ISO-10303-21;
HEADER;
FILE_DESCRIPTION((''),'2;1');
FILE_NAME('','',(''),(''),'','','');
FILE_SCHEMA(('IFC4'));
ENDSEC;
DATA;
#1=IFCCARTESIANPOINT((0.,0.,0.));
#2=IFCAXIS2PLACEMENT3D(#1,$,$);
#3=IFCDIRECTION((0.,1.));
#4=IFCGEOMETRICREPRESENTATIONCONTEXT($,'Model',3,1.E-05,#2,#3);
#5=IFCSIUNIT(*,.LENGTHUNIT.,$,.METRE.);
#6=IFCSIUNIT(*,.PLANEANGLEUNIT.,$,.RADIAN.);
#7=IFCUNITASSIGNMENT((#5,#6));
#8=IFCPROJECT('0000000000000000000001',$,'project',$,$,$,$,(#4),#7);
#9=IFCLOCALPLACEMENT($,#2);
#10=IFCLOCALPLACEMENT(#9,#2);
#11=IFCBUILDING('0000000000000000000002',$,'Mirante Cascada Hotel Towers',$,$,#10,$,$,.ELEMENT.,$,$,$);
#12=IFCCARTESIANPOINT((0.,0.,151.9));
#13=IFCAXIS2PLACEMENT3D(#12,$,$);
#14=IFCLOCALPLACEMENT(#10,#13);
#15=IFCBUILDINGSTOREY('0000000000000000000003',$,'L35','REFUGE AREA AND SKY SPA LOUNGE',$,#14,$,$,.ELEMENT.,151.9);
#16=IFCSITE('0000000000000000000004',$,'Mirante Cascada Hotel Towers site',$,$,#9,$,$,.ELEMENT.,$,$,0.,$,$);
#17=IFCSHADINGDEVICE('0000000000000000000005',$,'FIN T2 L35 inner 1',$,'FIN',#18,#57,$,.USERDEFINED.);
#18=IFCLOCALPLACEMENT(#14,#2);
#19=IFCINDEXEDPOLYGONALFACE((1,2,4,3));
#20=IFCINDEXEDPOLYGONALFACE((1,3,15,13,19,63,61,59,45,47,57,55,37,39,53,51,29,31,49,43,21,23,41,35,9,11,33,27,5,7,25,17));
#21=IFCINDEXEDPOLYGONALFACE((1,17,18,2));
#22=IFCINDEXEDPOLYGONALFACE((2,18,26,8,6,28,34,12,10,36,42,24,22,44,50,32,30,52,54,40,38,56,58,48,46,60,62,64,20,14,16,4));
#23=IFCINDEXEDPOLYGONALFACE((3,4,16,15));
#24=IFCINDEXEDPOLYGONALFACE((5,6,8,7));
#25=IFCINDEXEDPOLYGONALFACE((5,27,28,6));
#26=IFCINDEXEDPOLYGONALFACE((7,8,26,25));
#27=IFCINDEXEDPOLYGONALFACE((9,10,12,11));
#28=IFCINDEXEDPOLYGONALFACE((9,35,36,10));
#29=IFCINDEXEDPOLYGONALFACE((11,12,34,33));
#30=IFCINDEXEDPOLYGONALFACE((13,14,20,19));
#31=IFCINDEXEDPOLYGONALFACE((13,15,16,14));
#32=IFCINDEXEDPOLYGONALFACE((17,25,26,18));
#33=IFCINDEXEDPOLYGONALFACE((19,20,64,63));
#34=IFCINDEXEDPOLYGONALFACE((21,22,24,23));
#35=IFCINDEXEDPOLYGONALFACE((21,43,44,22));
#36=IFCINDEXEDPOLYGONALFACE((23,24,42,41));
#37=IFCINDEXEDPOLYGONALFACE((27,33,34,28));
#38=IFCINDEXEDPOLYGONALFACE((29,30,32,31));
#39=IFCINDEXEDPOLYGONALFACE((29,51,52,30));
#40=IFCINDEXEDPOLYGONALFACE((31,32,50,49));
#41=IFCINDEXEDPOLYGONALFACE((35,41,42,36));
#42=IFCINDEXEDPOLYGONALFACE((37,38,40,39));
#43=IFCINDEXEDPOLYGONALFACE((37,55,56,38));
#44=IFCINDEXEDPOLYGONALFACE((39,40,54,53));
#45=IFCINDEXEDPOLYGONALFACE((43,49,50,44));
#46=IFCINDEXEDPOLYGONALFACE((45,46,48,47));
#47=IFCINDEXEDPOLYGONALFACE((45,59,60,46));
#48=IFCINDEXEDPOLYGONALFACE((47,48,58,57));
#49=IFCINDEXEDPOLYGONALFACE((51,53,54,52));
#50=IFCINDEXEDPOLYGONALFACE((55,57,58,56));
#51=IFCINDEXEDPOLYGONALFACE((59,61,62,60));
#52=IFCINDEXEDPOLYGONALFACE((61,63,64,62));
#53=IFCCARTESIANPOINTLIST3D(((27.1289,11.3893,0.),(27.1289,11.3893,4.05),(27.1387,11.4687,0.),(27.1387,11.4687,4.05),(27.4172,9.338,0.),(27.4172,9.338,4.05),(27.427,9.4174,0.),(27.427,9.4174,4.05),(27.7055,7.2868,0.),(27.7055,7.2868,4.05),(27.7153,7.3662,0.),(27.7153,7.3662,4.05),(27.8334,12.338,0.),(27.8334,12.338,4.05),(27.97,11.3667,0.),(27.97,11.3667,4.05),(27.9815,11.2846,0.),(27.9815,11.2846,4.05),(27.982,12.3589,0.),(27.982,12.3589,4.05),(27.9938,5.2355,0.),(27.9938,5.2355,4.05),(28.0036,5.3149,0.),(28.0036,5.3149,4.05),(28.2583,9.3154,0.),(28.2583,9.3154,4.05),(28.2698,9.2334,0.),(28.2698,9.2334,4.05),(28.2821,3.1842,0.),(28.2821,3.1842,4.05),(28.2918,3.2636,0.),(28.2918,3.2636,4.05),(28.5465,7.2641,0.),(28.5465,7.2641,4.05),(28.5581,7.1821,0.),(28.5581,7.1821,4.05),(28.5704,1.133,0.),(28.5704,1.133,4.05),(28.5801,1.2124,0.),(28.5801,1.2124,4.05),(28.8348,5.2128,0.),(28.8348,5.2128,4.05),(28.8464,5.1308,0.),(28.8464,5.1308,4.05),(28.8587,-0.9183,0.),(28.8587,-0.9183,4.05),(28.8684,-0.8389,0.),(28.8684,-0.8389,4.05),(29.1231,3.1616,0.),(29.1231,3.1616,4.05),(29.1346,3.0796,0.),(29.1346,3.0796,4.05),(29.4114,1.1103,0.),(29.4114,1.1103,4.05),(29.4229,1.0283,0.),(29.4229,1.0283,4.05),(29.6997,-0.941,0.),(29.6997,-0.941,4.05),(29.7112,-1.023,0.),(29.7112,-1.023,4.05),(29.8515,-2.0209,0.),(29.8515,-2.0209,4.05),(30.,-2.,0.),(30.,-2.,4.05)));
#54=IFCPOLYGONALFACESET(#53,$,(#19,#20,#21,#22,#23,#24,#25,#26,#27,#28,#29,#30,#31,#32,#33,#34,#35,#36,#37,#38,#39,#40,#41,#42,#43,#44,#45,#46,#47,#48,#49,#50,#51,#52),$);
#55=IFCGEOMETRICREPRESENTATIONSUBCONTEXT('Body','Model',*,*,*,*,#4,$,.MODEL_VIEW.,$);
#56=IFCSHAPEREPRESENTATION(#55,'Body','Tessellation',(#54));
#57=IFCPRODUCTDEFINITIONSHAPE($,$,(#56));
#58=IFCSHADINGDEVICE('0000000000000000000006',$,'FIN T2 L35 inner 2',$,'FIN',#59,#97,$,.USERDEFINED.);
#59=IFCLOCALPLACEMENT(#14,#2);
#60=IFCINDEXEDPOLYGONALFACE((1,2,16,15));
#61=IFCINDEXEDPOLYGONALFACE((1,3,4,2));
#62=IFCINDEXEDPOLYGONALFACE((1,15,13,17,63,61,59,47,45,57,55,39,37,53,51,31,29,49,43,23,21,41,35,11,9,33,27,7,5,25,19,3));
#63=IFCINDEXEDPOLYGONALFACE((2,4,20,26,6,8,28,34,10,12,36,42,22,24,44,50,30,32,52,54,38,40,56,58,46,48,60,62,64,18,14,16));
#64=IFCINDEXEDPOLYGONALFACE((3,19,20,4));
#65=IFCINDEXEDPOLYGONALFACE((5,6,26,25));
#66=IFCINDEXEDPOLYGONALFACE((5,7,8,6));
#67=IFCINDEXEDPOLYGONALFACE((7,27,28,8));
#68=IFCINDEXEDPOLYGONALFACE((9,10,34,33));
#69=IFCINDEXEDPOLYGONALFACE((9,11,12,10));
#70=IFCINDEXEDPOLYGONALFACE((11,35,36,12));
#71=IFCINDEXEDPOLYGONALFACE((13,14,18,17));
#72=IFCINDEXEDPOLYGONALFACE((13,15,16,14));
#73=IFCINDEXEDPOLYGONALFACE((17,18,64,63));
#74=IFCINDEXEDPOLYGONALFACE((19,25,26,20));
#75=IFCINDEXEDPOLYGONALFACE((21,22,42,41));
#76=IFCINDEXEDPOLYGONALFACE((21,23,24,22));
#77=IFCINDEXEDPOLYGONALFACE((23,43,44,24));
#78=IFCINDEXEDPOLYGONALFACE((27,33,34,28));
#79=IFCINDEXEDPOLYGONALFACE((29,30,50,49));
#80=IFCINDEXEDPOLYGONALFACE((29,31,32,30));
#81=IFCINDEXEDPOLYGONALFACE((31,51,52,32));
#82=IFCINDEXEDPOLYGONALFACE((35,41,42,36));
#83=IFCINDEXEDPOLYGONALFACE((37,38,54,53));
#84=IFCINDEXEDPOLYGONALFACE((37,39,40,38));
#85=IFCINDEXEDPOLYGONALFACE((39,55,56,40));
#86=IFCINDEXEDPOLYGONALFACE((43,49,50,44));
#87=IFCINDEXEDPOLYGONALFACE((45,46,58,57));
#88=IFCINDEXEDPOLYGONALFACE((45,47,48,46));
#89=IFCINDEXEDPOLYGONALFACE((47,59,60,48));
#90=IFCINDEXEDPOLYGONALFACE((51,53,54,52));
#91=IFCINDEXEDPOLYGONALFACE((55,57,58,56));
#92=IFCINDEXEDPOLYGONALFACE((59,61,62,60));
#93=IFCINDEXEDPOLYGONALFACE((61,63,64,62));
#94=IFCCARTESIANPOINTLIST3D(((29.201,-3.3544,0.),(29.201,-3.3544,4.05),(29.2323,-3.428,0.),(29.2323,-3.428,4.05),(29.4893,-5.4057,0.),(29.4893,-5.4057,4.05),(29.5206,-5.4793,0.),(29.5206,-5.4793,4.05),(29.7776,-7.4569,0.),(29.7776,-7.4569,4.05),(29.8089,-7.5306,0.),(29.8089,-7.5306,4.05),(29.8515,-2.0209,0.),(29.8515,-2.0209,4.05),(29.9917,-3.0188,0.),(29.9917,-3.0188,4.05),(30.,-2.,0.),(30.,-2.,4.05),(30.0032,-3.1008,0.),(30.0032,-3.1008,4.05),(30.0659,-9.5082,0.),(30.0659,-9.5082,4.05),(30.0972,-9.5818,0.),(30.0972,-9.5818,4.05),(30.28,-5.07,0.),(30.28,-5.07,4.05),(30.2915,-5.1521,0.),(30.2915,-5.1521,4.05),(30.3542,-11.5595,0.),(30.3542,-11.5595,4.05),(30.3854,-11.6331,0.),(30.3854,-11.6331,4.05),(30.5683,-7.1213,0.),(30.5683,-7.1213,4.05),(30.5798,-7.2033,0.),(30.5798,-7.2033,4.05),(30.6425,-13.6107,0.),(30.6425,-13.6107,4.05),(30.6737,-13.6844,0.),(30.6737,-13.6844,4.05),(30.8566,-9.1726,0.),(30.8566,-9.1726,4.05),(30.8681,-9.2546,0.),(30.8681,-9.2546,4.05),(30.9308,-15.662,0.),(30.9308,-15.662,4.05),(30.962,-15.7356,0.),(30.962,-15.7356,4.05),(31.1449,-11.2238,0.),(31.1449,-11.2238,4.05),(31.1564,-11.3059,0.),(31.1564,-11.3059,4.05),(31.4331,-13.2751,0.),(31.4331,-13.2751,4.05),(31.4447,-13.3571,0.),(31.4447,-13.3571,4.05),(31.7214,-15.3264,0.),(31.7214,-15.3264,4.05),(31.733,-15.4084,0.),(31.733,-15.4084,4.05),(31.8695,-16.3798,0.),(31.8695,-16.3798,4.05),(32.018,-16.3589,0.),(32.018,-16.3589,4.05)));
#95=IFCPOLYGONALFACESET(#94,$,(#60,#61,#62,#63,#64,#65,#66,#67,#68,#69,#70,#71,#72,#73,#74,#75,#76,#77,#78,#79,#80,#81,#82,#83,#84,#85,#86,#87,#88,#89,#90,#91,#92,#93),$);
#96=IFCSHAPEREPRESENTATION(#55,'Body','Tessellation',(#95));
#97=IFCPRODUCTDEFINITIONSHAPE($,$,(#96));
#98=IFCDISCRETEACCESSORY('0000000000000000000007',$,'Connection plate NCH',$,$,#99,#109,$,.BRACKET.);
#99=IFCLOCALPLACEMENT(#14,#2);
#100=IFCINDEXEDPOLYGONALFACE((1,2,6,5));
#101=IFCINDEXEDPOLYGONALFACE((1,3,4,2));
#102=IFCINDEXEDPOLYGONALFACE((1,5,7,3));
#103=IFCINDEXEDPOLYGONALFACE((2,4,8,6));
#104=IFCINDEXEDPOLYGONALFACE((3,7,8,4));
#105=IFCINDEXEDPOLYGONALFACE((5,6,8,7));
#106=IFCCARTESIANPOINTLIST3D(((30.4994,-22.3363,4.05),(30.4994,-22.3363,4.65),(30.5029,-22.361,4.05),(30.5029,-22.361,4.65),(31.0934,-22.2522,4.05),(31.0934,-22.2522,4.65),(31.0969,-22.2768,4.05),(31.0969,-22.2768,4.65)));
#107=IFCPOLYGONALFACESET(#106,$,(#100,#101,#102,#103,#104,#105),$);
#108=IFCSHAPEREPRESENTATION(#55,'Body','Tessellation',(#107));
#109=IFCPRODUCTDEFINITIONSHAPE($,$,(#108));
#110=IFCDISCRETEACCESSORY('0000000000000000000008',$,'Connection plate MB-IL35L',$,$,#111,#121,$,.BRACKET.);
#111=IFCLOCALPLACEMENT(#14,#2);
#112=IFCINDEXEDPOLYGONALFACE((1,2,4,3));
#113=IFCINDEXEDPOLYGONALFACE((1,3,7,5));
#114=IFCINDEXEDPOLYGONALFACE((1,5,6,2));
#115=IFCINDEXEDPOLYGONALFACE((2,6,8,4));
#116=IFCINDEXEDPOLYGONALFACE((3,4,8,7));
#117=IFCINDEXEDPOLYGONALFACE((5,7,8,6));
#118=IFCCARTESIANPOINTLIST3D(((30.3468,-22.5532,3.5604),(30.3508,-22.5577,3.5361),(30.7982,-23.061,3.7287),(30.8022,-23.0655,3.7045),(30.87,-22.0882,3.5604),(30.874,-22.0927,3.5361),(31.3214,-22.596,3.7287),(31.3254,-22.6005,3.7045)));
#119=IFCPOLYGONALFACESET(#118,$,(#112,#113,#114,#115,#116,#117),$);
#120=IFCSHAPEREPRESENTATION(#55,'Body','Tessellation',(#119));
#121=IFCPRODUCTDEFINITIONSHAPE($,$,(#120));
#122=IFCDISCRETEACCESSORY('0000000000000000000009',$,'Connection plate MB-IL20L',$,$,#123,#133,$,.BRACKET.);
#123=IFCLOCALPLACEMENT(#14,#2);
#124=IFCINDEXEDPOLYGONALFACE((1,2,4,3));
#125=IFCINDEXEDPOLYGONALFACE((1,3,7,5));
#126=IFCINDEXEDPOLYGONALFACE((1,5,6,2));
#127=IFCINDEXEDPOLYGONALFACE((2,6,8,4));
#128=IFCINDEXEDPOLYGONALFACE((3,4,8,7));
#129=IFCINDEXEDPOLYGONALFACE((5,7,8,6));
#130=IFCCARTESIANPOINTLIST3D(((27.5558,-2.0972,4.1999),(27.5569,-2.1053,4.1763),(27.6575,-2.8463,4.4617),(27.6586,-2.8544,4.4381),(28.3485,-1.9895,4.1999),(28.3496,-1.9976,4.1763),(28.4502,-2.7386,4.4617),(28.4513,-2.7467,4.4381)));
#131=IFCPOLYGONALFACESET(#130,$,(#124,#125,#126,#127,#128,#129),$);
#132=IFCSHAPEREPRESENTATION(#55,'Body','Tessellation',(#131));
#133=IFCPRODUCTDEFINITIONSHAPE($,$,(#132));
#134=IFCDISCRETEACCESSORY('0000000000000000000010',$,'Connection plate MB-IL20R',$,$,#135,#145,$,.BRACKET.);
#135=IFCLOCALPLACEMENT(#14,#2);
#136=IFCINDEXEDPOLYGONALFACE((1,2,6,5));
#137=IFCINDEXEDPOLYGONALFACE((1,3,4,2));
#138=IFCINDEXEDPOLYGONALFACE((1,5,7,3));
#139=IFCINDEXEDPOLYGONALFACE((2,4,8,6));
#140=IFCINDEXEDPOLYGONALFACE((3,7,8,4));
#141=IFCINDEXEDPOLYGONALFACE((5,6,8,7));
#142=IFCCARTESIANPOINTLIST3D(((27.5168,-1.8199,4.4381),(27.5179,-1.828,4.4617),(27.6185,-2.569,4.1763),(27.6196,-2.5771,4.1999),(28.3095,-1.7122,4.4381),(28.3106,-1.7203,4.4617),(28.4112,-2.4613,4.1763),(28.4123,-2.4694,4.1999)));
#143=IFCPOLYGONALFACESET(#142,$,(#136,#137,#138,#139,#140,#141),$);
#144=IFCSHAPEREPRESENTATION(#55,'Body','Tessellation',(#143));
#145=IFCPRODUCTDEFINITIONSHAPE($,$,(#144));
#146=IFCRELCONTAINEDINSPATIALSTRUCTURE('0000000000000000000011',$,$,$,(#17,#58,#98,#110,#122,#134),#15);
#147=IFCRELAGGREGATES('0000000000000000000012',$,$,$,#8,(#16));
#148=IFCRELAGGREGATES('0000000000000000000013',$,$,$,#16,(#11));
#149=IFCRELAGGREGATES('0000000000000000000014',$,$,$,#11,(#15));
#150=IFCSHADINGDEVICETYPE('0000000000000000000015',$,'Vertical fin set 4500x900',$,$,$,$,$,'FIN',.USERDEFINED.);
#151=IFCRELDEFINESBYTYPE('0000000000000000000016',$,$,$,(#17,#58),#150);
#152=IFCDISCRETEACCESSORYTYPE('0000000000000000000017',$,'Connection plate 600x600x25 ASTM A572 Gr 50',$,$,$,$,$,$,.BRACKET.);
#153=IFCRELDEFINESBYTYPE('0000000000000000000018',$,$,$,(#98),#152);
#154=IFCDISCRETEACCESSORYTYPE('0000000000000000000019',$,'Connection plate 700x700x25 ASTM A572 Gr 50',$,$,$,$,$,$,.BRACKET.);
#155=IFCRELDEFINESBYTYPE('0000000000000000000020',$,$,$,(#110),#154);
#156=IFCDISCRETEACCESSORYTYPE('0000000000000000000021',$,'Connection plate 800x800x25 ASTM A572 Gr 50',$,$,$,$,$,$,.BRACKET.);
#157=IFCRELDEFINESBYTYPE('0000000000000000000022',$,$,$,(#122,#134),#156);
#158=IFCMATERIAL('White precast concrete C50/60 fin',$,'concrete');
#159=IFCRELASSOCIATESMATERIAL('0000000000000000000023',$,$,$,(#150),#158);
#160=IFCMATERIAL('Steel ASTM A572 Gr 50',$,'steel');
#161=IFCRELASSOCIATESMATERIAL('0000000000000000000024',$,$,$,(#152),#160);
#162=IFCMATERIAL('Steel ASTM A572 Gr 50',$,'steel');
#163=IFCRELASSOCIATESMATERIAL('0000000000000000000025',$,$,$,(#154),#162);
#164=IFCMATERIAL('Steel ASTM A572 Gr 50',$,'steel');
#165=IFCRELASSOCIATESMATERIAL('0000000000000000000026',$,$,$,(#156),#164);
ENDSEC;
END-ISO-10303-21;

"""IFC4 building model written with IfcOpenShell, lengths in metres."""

from ifc_helpers import new_model, si_unit, direction, frame, origin, origin_2d, place, context, subcontext, project, spatial, polyline, rectangle, outline, extrude, material, material_profile, profile_set, type_object, element, save


model = new_model("IFC4")

# Units and contexts
model_context = context("Model", 3, precision=1e-05, world=origin(), true_north=direction((0.0, 1.0)))
body_context = subcontext(model_context, "Body", "Model", "MODEL_VIEW")
ifc_project = project(units=[si_unit("LENGTHUNIT", "METRE"), si_unit("PLANEANGLEUNIT", "RADIAN")], contexts=[model_context])

# Site, building, storey
site_placement = place(None, origin())
site = spatial("IfcSite", under=ifc_project, at=site_placement, Name="Mirante Cascada Hotel Towers site", CompositionType="ELEMENT", RefElevation=0.0)
building_placement = place(site_placement, origin())
building = spatial("IfcBuilding", under=site, at=building_placement, Name="Mirante Cascada Hotel Towers", CompositionType="ELEMENT")
storey_placement = place(building_placement, frame((0.0, 0.0, 151.9)))
storey = spatial("IfcBuildingStorey", under=building, at=storey_placement, Name="L35", Description="REFUGE AREA AND SKY SPA LOUNGE", CompositionType="ELEMENT", Elevation=151.9)

# Shading devices
ifc_material_1 = material(Name="White precast concrete C50/60 fin", Category="concrete")
shading_device_type = type_object("IfcShadingDeviceType", Name="Vertical fin set 4500x900", ElementType="FIN", PredefinedType="USERDEFINED", material=ifc_material_1)
shading_device_1_placement = place(storey_placement, origin())
element("IfcShadingDevice", 1, at=shading_device_1_placement, inside=storey, type_object=shading_device_type, Name="FIN T2 L35 inner 1", ObjectType="FIN", PredefinedType="USERDEFINED", context=body_context, shape_type="SweptSolid", body=[
    extrude(outline(polyline([(28.8684, -0.8389), (29.6997, -0.941), (29.4229, 1.0283), (28.5704, 1.133), (28.5801, 1.2124), (29.4114, 1.1103), (29.1346, 3.0796), (28.2821, 3.1842), (28.2918, 3.2636), (29.1231, 3.1616), (28.8464, 5.1308), (27.9938, 5.2355), (28.0036, 5.3149), (28.8348, 5.2128), (28.5581, 7.1821), (27.7055, 7.2868), (27.7153, 7.3662), (28.5465, 7.2641), (28.2698, 9.2334), (27.4172, 9.338), (27.427, 9.4174), (28.2583, 9.3154), (27.9815, 11.2846), (27.1289, 11.3893), (27.1387, 11.4687), (27.97, 11.3667), (27.8334, 12.338), (27.982, 12.3589), (30.0, -2.0), (29.8515, -2.0209), (29.7112, -1.023), (28.8587, -0.9183), (28.8684, -0.8389)])), origin(), (0.0, 0.0, 1.0), 4.05),
])
shading_device_2_placement = place(storey_placement, origin())
element("IfcShadingDevice", 2, at=shading_device_2_placement, inside=storey, type_object=shading_device_type, Name="FIN T2 L35 inner 2", ObjectType="FIN", PredefinedType="USERDEFINED", context=body_context, shape_type="SweptSolid", body=[
    extrude(outline(polyline([(30.9308, -15.662), (31.7214, -15.3264), (31.4447, -13.3571), (30.6737, -13.6844), (30.6425, -13.6107), (31.4331, -13.2751), (31.1564, -11.3059), (30.3854, -11.6331), (30.3542, -11.5595), (31.1449, -11.2238), (30.8681, -9.2546), (30.0972, -9.5818), (30.0659, -9.5082), (30.8566, -9.1726), (30.5798, -7.2033), (29.8089, -7.5306), (29.7776, -7.4569), (30.5683, -7.1213), (30.2915, -5.1521), (29.5206, -5.4793), (29.4893, -5.4057), (30.28, -5.07), (30.0032, -3.1008), (29.2323, -3.428), (29.201, -3.3544), (29.9917, -3.0188), (29.8515, -2.0209), (30.0, -2.0), (32.018, -16.3589), (31.8695, -16.3798), (31.733, -15.4084), (30.962, -15.7356), (30.9308, -15.662)])), origin(), (0.0, 0.0, 1.0), 4.05),
])

# Discrete accessories
ifc_material_2 = material(Name="Steel ASTM A572 Gr 50", Category="steel")
ifc_material_profile_1 = material_profile(ifc_material_2, rectangle(XDim=0.6, YDim=0.6, at=origin_2d()), Name="Connection plate 600x600x25 ASTM A572 Gr 50")
ifc_profile_set_1 = profile_set([ifc_material_profile_1], Name="Steel ASTM A572 Gr 50")
discrete_accessory_type_1 = type_object("IfcDiscreteAccessoryType", Name="Connection plate 600x600x25 ASTM A572 Gr 50", PredefinedType="BRACKET", material=ifc_profile_set_1)
discrete_accessory_1_placement = place(storey_placement, frame((30.7999, -22.3189, 4.35), z_axis=(-0.140299, 0.990109, 0.0), x_axis=(-0.990109, -0.140299, 0.0)))
element("IfcDiscreteAccessory", 3, at=discrete_accessory_1_placement, inside=storey, type_object=discrete_accessory_type_1, Name="Connection plate NCH", PredefinedType="BRACKET", context=body_context, shape_type="SweptSolid", body=[
    extrude(rectangle(XDim=0.6, YDim=0.6, at=origin_2d()), origin(), (0.0, 0.0, 1.0), 0.0249),
])
ifc_material_3 = material(Name="Steel ASTM A572 Gr 50", Category="steel")
ifc_material_profile_2 = material_profile(ifc_material_3, rectangle(XDim=0.7, YDim=0.7, at=origin_2d()), Name="Connection plate 700x700x25 ASTM A572 Gr 50")
ifc_profile_set_2 = profile_set([ifc_material_profile_2], Name="Steel ASTM A572 Gr 50")
discrete_accessory_type_2 = type_object("IfcDiscreteAccessoryType", Name="Connection plate 700x700x25 ASTM A572 Gr 50", PredefinedType="BRACKET", material=ifc_profile_set_2)
discrete_accessory_2_placement = place(storey_placement, frame((30.8381, -22.5791, 3.6203), z_axis=(-0.159778, 0.17975, 0.97065), x_axis=(-0.747409, -0.664364, 0.0)))
element("IfcDiscreteAccessory", 4, at=discrete_accessory_2_placement, inside=storey, type_object=discrete_accessory_type_2, Name="Connection plate MB-IL35L", PredefinedType="BRACKET", context=body_context, shape_type="SweptSolid", body=[
    extrude(rectangle(XDim=0.7, YDim=0.7, at=origin_2d()), origin(), (0.0, 0.0, 1.0), 0.025),
])
ifc_material_4 = material(Name="Steel ASTM A572 Gr 50", Category="steel")
ifc_material_profile_3 = material_profile(ifc_material_4, rectangle(XDim=0.8, YDim=0.8, at=origin_2d()), Name="Connection plate 800x800x25 ASTM A572 Gr 50")
ifc_profile_set_3 = profile_set([ifc_material_profile_3], Name="Steel ASTM A572 Gr 50")
discrete_accessory_type_3 = type_object("IfcDiscreteAccessoryType", Name="Connection plate 800x800x25 ASTM A572 Gr 50", PredefinedType="BRACKET", material=ifc_profile_set_3)
for number, where, z_axis, x_axis, name in (
    (5, (28.0041, -2.426, 4.3072), (-0.044043, 0.324317, 0.944923), (-0.990904, -0.134567, 0.0), "Connection plate MB-IL20L"),
    (6, (27.964, -2.1406, 4.3072), (0.044043, -0.324317, 0.944923), (0.990904, 0.134567, 0.0), "Connection plate MB-IL20R"),
):
    element("IfcDiscreteAccessory", number, at=place(storey_placement, frame(where, z_axis=z_axis, x_axis=x_axis)), inside=storey, type_object=discrete_accessory_type_3, Name=name, PredefinedType="BRACKET", context=body_context, shape_type="SweptSolid", body=[
        extrude(rectangle(XDim=0.8, YDim=0.8, at=origin_2d()), origin(), (0.0, 0.0, 1.0), 0.025),
    ])

save(model, "model.ifc")
